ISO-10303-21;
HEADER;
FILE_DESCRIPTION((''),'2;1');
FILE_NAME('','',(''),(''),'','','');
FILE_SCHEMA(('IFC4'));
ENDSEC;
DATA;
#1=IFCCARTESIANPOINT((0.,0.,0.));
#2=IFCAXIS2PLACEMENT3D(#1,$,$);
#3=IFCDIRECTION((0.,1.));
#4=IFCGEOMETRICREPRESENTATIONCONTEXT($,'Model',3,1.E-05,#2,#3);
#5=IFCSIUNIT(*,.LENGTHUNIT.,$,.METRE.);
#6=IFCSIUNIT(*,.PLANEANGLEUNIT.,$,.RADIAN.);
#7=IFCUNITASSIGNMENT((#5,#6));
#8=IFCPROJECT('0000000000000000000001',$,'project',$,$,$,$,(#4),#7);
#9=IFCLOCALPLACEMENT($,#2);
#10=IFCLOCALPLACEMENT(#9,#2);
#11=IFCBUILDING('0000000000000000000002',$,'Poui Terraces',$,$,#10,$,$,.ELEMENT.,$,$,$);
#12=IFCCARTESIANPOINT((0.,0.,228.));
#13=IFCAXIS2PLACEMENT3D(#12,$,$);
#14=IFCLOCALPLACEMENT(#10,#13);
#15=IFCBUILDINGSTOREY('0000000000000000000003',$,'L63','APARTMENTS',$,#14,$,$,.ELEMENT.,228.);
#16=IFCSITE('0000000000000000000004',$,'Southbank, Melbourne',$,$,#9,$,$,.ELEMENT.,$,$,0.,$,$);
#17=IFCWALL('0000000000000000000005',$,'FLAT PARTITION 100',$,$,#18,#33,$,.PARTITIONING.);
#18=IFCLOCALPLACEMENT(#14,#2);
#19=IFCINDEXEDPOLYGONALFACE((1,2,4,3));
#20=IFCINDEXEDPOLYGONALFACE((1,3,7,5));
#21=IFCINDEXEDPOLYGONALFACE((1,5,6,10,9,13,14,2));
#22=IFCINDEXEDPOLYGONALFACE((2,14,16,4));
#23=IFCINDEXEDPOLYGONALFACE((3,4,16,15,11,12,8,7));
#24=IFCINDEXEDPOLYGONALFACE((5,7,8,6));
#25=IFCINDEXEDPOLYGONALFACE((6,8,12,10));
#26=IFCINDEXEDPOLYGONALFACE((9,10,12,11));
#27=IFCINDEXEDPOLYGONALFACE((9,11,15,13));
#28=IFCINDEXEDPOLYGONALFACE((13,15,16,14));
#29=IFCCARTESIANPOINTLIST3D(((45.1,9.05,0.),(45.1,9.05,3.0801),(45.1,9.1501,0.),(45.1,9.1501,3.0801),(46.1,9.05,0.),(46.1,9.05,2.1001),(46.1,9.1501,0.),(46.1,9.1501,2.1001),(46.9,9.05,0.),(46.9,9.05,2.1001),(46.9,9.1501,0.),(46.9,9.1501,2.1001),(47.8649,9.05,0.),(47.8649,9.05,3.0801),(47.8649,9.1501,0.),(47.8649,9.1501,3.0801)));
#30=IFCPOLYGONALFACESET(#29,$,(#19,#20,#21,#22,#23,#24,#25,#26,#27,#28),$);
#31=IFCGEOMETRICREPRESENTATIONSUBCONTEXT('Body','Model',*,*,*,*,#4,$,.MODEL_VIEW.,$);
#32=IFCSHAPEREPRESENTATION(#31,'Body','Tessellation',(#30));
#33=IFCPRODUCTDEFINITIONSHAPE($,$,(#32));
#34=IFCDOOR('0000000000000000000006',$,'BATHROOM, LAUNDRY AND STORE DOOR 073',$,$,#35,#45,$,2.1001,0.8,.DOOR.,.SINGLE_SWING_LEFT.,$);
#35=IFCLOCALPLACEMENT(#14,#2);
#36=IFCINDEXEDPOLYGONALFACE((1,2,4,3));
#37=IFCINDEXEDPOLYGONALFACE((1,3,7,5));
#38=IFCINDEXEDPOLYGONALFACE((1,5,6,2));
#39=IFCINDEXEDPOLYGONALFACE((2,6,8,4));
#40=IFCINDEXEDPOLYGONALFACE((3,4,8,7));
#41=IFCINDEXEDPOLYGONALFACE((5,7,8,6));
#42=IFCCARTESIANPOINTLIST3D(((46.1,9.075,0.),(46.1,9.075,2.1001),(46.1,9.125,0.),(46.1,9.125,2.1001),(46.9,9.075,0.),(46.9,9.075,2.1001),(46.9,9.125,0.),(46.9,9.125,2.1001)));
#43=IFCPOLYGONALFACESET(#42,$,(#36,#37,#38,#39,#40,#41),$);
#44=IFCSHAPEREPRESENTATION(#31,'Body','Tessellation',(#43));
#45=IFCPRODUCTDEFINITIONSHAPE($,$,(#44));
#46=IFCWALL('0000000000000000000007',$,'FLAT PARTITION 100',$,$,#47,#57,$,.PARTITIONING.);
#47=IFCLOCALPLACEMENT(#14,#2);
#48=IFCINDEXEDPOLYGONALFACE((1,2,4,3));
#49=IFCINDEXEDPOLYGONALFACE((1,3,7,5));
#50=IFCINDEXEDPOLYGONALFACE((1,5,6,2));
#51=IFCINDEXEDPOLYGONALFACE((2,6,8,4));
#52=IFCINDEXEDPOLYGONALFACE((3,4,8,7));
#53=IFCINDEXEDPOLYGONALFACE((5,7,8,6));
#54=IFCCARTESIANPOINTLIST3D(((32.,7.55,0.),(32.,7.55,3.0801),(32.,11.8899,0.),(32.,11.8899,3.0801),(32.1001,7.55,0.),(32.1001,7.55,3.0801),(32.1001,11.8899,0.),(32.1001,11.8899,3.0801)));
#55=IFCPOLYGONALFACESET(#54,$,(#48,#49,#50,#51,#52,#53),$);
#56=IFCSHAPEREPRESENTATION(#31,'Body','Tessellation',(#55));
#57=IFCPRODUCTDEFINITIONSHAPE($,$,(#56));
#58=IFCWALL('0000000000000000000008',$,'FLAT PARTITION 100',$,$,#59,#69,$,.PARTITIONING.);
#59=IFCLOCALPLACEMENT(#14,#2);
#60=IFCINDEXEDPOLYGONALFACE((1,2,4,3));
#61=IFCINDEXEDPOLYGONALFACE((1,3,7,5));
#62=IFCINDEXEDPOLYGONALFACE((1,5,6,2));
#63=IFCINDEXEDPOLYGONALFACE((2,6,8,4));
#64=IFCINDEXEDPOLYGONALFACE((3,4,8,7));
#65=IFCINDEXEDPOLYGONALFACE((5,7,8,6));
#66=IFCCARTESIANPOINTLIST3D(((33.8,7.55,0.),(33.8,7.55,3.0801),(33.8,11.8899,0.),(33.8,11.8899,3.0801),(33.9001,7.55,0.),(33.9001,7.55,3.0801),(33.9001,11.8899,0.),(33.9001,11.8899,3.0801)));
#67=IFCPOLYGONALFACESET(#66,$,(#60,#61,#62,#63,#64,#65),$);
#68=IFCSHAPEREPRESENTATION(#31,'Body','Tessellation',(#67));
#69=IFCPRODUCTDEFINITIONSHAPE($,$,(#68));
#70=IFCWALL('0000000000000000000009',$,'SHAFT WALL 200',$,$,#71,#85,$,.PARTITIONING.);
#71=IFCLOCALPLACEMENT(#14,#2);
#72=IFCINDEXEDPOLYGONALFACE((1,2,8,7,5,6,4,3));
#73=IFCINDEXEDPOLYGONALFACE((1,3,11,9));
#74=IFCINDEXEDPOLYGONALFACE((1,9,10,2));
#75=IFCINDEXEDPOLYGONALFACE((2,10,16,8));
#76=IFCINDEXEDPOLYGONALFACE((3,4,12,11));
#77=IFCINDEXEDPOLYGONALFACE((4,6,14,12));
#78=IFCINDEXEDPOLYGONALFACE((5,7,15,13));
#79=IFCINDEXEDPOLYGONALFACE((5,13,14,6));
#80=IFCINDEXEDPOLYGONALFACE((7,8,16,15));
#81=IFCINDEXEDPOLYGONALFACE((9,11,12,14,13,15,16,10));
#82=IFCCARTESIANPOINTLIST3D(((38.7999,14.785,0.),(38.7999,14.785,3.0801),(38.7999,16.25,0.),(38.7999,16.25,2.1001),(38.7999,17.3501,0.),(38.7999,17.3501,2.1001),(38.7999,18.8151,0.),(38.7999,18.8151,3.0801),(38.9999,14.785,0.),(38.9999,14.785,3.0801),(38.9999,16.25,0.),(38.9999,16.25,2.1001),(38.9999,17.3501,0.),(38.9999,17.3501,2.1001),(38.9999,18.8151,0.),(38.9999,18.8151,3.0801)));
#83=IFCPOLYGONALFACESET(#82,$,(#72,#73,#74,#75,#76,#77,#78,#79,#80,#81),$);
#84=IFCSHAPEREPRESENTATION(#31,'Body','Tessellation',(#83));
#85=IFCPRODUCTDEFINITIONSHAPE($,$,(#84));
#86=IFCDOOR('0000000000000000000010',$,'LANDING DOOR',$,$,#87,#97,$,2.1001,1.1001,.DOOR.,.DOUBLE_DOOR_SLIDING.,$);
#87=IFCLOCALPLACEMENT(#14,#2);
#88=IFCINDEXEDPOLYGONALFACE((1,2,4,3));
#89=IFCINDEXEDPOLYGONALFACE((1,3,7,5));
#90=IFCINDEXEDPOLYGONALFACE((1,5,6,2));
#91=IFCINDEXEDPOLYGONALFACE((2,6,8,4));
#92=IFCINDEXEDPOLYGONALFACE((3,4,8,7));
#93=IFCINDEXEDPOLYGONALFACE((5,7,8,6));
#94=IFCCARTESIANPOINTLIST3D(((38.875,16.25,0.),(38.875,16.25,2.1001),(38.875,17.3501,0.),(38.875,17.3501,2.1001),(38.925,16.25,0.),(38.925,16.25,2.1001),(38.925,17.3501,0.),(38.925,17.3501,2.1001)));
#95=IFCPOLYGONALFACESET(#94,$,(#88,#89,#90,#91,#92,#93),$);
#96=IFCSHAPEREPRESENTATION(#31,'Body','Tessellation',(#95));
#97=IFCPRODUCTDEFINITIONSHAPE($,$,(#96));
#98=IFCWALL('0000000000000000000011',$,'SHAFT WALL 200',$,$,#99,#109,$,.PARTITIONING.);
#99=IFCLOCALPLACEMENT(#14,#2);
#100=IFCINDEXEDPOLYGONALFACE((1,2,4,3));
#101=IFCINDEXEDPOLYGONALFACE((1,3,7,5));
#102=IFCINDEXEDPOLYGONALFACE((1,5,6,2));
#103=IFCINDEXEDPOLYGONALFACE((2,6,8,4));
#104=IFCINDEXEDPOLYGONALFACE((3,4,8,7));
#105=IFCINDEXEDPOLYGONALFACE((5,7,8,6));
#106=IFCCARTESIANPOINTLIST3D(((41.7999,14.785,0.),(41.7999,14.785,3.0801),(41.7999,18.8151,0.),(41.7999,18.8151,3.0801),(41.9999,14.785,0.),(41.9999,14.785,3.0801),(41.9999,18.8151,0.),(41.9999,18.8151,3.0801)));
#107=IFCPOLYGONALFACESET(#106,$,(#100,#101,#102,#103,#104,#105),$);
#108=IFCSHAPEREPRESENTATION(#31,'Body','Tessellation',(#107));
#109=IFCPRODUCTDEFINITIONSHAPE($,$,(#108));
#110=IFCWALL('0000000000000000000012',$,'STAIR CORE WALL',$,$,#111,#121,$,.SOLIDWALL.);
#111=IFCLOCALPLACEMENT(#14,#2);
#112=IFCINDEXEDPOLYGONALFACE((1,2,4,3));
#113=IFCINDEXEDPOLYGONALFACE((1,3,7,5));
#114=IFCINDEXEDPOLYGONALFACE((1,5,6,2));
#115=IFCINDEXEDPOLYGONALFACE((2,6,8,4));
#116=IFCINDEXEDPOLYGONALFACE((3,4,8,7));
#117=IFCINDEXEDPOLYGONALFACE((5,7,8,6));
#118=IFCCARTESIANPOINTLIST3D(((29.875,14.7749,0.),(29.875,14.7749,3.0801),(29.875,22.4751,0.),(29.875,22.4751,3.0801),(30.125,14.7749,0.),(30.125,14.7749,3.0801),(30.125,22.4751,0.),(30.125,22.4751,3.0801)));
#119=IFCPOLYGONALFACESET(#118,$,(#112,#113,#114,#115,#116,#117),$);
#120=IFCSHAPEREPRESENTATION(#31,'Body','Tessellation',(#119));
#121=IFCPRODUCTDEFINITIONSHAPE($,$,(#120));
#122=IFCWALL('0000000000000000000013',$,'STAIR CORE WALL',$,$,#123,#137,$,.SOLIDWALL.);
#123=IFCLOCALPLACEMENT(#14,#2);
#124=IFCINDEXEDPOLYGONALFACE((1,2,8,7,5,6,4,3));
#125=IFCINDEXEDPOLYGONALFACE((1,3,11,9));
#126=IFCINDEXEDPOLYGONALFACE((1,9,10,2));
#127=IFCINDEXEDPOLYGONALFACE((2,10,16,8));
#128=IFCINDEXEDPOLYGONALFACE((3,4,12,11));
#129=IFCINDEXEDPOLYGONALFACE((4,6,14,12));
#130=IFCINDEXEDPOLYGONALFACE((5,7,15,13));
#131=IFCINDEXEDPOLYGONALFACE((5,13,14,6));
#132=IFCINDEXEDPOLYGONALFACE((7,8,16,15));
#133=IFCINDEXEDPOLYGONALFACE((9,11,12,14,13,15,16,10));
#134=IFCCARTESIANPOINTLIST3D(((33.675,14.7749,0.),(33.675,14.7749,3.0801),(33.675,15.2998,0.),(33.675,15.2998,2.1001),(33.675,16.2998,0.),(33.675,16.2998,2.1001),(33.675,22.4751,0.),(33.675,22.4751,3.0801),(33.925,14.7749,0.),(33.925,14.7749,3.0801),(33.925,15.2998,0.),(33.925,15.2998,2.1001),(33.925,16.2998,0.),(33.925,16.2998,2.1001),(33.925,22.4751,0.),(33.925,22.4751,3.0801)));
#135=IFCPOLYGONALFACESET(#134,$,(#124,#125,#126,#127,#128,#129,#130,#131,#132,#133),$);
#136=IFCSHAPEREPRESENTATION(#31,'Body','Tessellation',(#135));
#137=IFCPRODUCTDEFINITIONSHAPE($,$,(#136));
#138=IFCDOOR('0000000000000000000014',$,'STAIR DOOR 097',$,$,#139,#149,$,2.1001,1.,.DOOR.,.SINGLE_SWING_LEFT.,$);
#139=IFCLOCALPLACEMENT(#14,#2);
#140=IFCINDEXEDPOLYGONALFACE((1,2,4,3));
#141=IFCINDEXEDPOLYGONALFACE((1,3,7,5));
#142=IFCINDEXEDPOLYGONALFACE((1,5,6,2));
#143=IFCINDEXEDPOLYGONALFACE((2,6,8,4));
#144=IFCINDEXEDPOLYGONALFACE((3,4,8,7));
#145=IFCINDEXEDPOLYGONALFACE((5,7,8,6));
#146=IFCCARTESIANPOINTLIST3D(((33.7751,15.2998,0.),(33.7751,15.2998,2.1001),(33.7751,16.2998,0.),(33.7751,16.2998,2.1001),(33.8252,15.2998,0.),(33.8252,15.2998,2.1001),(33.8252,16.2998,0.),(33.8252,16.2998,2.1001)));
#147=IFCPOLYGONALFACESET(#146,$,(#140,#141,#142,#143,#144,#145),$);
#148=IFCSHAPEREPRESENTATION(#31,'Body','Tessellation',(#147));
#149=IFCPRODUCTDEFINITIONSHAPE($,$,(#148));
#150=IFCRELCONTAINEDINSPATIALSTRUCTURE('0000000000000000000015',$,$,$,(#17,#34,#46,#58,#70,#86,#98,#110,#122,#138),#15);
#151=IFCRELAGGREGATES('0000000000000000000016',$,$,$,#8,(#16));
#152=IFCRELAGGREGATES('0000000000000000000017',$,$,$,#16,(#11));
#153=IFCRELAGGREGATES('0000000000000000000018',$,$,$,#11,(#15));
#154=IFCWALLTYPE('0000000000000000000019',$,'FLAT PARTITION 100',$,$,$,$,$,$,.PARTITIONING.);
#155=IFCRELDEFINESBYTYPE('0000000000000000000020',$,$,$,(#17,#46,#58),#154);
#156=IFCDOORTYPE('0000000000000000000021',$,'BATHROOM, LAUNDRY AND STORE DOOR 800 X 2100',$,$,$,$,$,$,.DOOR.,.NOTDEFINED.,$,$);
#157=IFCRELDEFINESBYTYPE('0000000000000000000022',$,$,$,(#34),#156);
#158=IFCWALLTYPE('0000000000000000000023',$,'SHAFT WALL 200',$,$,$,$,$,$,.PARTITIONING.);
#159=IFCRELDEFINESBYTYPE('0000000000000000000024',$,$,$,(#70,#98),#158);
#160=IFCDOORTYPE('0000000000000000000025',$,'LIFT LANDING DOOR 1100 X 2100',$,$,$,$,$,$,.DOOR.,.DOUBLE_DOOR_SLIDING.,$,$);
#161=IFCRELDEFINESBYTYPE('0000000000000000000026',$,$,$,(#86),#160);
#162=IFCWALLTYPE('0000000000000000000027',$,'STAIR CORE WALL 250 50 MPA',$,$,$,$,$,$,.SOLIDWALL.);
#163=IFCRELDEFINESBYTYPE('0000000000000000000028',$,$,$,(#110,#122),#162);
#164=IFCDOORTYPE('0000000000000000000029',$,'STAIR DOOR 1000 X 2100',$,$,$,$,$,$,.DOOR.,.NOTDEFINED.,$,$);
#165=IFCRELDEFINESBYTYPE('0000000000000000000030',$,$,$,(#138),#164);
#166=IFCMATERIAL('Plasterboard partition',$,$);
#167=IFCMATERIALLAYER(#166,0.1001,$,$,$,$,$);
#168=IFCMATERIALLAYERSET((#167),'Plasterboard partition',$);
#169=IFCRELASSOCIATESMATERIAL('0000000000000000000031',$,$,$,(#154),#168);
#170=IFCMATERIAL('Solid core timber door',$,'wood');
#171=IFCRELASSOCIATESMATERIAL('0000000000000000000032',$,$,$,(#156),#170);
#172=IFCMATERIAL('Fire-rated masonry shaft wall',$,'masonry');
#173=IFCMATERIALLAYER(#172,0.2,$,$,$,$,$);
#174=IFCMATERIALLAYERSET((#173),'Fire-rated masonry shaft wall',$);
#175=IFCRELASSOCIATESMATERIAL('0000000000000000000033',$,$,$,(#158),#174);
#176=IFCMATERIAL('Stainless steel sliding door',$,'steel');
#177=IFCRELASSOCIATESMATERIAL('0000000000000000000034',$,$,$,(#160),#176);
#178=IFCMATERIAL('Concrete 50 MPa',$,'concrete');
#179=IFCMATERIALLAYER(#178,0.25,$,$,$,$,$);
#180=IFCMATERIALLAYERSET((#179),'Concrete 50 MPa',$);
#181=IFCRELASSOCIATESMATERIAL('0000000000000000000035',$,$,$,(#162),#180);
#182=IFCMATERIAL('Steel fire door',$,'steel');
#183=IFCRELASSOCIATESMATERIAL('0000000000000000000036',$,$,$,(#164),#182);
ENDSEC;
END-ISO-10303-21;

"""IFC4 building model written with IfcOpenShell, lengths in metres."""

from ifc_helpers import new_model, si_unit, direction, frame, frame_2d, origin, place, context, subcontext, project, spatial, rectangle, extrude, material, layer, layer_set, type_object, element, fill, save


model = new_model("IFC4")

# Units and contexts
model_context = context("Model", 3, precision=1e-05, world=origin(), true_north=direction((0.0, 1.0)))
body_context = subcontext(model_context, "Body", "Model", "MODEL_VIEW")
ifc_project = project(units=[si_unit("LENGTHUNIT", "METRE"), si_unit("PLANEANGLEUNIT", "RADIAN")], contexts=[model_context])

# Site, building, storey
site_placement = place(None, origin())
site = spatial("IfcSite", under=ifc_project, at=site_placement, Name="Southbank, Melbourne", CompositionType="ELEMENT", RefElevation=0.0)
building_placement = place(site_placement, origin())
building = spatial("IfcBuilding", under=site, at=building_placement, Name="Poui Terraces", CompositionType="ELEMENT")
storey_placement = place(building_placement, frame((0.0, 0.0, 228.0)))
storey = spatial("IfcBuildingStorey", under=building, at=storey_placement, Name="L63", Description="APARTMENTS", CompositionType="ELEMENT", Elevation=228.0)

# Shared definitions
ifc_material_1 = material(Name="Concrete 50 MPa", Category="concrete")

# Shared definitions
ifc_material_2 = material(Name="Steel fire door", Category="steel")

# Wall, opening, door
ifc_material_3 = material(Name="Plasterboard partition")
ifc_layer_1 = layer(ifc_material_3, 0.1001)
ifc_layer_set_1 = layer_set([ifc_layer_1], Name="Plasterboard partition")
wall_type_1 = type_object("IfcWallType", Name="FLAT PARTITION 100", PredefinedType="PARTITIONING", material=ifc_layer_set_1)
wall_1_placement = place(storey_placement, frame((45.1001, 9.1001, 0.0), z_axis=(0.0, 0.0, 1.0), x_axis=(1.0, 0.0, 0.0)))
wall_1 = element("IfcWall", 1, at=wall_1_placement, inside=storey, type_object=wall_type_1, Name="FLAT PARTITION 100", PredefinedType="PARTITIONING", context=body_context, shape_type="SweptSolid", body=[
    extrude(rectangle(XDim=2.7649, YDim=0.1001, at=frame_2d((1.3823, 0.0))), origin(), (0.0, 0.0, 1.0), 3.0801),
])
opening_1_placement = place(wall_1_placement, frame((1.0, 0.0, 0.0)))
opening_1 = element("IfcOpeningElement", 2, at=opening_1_placement, cuts=wall_1, PredefinedType="OPENING", context=body_context, shape_type="SweptSolid", body=[
    extrude(rectangle(XDim=0.8, YDim=2.1001, at=frame_2d((0.3999, 1.05))), frame((0.0, 0.0601, 0.0), z_axis=(0.0, -1.0, 0.0), x_axis=(1.0, 0.0, 0.0)), (0.0, 0.0, 1.0), 0.1201),
])
ifc_material_4 = material(Name="Solid core timber door", Category="wood")
door_type_1 = type_object("IfcDoorType", Name="BATHROOM, LAUNDRY AND STORE DOOR 800 X 2100", OperationType="NOTDEFINED", PredefinedType="DOOR", material=ifc_material_4)
door_1_placement = place(opening_1_placement, origin())
door_1 = element("IfcDoor", 3, at=door_1_placement, inside=storey, type_object=door_type_1, Name="BATHROOM, LAUNDRY AND STORE DOOR 073", OperationType="SINGLE_SWING_LEFT", OverallHeight=2.1001, OverallWidth=0.8, PredefinedType="DOOR", context=body_context, shape_type="SweptSolid", body=[
    extrude(rectangle(XDim=0.8, YDim=2.1001, at=frame_2d((0.3999, 1.05))), frame((0.0, 0.0249, 0.0), z_axis=(0.0, -1.0, 0.0), x_axis=(1.0, 0.0, 0.0)), (0.0, 0.0, 1.0), 0.05),
])
fill(opening_1, door_1)

# Walls
for number, where, z_axis, x_axis, name in (
    (4, (32.05, 7.55, 0.0), (0.0, 0.0, 1.0), (0.0, 1.0, 0.0), "FLAT PARTITION 100"),
    (5, (33.8501, 7.55, 0.0), (0.0, 0.0, 1.0), (0.0, 1.0, 0.0), "FLAT PARTITION 100"),
):
    element("IfcWall", number, at=place(storey_placement, frame(where, z_axis=z_axis, x_axis=x_axis)), inside=storey, type_object=wall_type_1, Name=name, PredefinedType="PARTITIONING", context=body_context, shape_type="SweptSolid", body=[
        extrude(rectangle(XDim=4.3398, YDim=0.1001, at=frame_2d((2.1699, 0.0))), origin(), (0.0, 0.0, 1.0), 3.0801),
    ])

# Wall, opening, door
ifc_material_5 = material(Name="Fire-rated masonry shaft wall", Category="masonry")
ifc_layer_2 = layer(ifc_material_5, 0.2)
ifc_layer_set_2 = layer_set([ifc_layer_2], Name="Fire-rated masonry shaft wall")
wall_type_2 = type_object("IfcWallType", Name="SHAFT WALL 200", PredefinedType="PARTITIONING", material=ifc_layer_set_2)
wall_2_placement = place(storey_placement, frame((38.8999, 14.7849, 0.0), z_axis=(0.0, 0.0, 1.0), x_axis=(0.0, 1.0, 0.0)))
wall_2 = element("IfcWall", 6, at=wall_2_placement, inside=storey, type_object=wall_type_2, Name="SHAFT WALL 200", PredefinedType="PARTITIONING", context=body_context, shape_type="SweptSolid", body=[
    extrude(rectangle(XDim=4.03, YDim=0.2, at=frame_2d((2.0151, 0.0))), origin(), (0.0, 0.0, 1.0), 3.0801),
])
opening_2_placement = place(wall_2_placement, frame((1.4651, 0.0, 0.0)))
opening_2 = element("IfcOpeningElement", 7, at=opening_2_placement, cuts=wall_2, PredefinedType="OPENING", context=body_context, shape_type="SweptSolid", body=[
    extrude(rectangle(XDim=1.1001, YDim=2.1001, at=frame_2d((0.55, 1.05))), frame((0.0, 0.1099, 0.0), z_axis=(0.0, -1.0, 0.0), x_axis=(1.0, 0.0, 0.0)), (0.0, 0.0, 1.0), 0.22),
])
ifc_material_6 = material(Name="Stainless steel sliding door", Category="steel")
door_type_2 = type_object("IfcDoorType", Name="LIFT LANDING DOOR 1100 X 2100", OperationType="DOUBLE_DOOR_SLIDING", PredefinedType="DOOR", material=ifc_material_6)
door_2_placement = place(opening_2_placement, origin())
door_2 = element("IfcDoor", 8, at=door_2_placement, inside=storey, type_object=door_type_2, Name="LANDING DOOR", OperationType="DOUBLE_DOOR_SLIDING", OverallHeight=2.1001, OverallWidth=1.1001, PredefinedType="DOOR", context=body_context, shape_type="SweptSolid", body=[
    extrude(rectangle(XDim=1.1001, YDim=2.1001, at=frame_2d((0.55, 1.05))), frame((0.0, 0.0249, 0.0), z_axis=(0.0, -1.0, 0.0), x_axis=(1.0, 0.0, 0.0)), (0.0, 0.0, 1.0), 0.05),
])
fill(opening_2, door_2)

# Walls
wall_3_placement = place(storey_placement, frame((41.8999, 14.7849, 0.0), z_axis=(0.0, 0.0, 1.0), x_axis=(0.0, 1.0, 0.0)))
element("IfcWall", 9, at=wall_3_placement, inside=storey, type_object=wall_type_2, Name="SHAFT WALL 200", PredefinedType="PARTITIONING", context=body_context, shape_type="SweptSolid", body=[
    extrude(rectangle(XDim=4.03, YDim=0.2, at=frame_2d((2.0151, 0.0))), origin(), (0.0, 0.0, 1.0), 3.0801),
])
ifc_layer_3 = layer(ifc_material_1, 0.25)
ifc_layer_set_3 = layer_set([ifc_layer_3], Name="Concrete 50 MPa")
wall_type_3 = type_object("IfcWallType", Name="STAIR CORE WALL 250 50 MPA", PredefinedType="SOLIDWALL", material=ifc_layer_set_3)
wall_4_placement = place(storey_placement, frame((30.0, 14.7749, 0.0), z_axis=(0.0, 0.0, 1.0), x_axis=(0.0, 1.0, 0.0)))
element("IfcWall", 10, at=wall_4_placement, inside=storey, type_object=wall_type_3, Name="STAIR CORE WALL", PredefinedType="SOLIDWALL", context=body_context, shape_type="SweptSolid", body=[
    extrude(rectangle(XDim=7.7002, YDim=0.25, at=frame_2d((3.8501, 0.0))), origin(), (0.0, 0.0, 1.0), 3.0801),
])

# Wall, opening, door
wall_5_placement = place(storey_placement, frame((33.8, 14.7749, 0.0), z_axis=(0.0, 0.0, 1.0), x_axis=(0.0, 1.0, 0.0)))
wall_5 = element("IfcWall", 11, at=wall_5_placement, inside=storey, type_object=wall_type_3, Name="STAIR CORE WALL", PredefinedType="SOLIDWALL", context=body_context, shape_type="SweptSolid", body=[
    extrude(rectangle(XDim=7.7002, YDim=0.25, at=frame_2d((3.8501, 0.0))), origin(), (0.0, 0.0, 1.0), 3.0801),
])
opening_3_placement = place(wall_5_placement, frame((0.5249, 0.0, 0.0)))
opening_3 = element("IfcOpeningElement", 12, at=opening_3_placement, cuts=wall_5, PredefinedType="OPENING", context=body_context, shape_type="SweptSolid", body=[
    extrude(rectangle(XDim=1.0, YDim=2.1001, at=frame_2d((0.5, 1.05))), frame((0.0, 0.135, 0.0), z_axis=(0.0, -1.0, 0.0), x_axis=(1.0, 0.0, 0.0)), (0.0, 0.0, 1.0), 0.27),
])
door_type_3 = type_object("IfcDoorType", Name="STAIR DOOR 1000 X 2100", OperationType="NOTDEFINED", PredefinedType="DOOR", material=ifc_material_2)
door_3_placement = place(opening_3_placement, origin())
door_3 = element("IfcDoor", 13, at=door_3_placement, inside=storey, type_object=door_type_3, Name="STAIR DOOR 097", OperationType="SINGLE_SWING_LEFT", OverallHeight=2.1001, OverallWidth=1.0, PredefinedType="DOOR", context=body_context, shape_type="SweptSolid", body=[
    extrude(rectangle(XDim=1.0, YDim=2.1001, at=frame_2d((0.5, 1.05))), frame((0.0, 0.0249, 0.0), z_axis=(0.0, -1.0, 0.0), x_axis=(1.0, 0.0, 0.0)), (0.0, 0.0, 1.0), 0.05),
])
fill(opening_3, door_3)

save(model, "model.ifc")
